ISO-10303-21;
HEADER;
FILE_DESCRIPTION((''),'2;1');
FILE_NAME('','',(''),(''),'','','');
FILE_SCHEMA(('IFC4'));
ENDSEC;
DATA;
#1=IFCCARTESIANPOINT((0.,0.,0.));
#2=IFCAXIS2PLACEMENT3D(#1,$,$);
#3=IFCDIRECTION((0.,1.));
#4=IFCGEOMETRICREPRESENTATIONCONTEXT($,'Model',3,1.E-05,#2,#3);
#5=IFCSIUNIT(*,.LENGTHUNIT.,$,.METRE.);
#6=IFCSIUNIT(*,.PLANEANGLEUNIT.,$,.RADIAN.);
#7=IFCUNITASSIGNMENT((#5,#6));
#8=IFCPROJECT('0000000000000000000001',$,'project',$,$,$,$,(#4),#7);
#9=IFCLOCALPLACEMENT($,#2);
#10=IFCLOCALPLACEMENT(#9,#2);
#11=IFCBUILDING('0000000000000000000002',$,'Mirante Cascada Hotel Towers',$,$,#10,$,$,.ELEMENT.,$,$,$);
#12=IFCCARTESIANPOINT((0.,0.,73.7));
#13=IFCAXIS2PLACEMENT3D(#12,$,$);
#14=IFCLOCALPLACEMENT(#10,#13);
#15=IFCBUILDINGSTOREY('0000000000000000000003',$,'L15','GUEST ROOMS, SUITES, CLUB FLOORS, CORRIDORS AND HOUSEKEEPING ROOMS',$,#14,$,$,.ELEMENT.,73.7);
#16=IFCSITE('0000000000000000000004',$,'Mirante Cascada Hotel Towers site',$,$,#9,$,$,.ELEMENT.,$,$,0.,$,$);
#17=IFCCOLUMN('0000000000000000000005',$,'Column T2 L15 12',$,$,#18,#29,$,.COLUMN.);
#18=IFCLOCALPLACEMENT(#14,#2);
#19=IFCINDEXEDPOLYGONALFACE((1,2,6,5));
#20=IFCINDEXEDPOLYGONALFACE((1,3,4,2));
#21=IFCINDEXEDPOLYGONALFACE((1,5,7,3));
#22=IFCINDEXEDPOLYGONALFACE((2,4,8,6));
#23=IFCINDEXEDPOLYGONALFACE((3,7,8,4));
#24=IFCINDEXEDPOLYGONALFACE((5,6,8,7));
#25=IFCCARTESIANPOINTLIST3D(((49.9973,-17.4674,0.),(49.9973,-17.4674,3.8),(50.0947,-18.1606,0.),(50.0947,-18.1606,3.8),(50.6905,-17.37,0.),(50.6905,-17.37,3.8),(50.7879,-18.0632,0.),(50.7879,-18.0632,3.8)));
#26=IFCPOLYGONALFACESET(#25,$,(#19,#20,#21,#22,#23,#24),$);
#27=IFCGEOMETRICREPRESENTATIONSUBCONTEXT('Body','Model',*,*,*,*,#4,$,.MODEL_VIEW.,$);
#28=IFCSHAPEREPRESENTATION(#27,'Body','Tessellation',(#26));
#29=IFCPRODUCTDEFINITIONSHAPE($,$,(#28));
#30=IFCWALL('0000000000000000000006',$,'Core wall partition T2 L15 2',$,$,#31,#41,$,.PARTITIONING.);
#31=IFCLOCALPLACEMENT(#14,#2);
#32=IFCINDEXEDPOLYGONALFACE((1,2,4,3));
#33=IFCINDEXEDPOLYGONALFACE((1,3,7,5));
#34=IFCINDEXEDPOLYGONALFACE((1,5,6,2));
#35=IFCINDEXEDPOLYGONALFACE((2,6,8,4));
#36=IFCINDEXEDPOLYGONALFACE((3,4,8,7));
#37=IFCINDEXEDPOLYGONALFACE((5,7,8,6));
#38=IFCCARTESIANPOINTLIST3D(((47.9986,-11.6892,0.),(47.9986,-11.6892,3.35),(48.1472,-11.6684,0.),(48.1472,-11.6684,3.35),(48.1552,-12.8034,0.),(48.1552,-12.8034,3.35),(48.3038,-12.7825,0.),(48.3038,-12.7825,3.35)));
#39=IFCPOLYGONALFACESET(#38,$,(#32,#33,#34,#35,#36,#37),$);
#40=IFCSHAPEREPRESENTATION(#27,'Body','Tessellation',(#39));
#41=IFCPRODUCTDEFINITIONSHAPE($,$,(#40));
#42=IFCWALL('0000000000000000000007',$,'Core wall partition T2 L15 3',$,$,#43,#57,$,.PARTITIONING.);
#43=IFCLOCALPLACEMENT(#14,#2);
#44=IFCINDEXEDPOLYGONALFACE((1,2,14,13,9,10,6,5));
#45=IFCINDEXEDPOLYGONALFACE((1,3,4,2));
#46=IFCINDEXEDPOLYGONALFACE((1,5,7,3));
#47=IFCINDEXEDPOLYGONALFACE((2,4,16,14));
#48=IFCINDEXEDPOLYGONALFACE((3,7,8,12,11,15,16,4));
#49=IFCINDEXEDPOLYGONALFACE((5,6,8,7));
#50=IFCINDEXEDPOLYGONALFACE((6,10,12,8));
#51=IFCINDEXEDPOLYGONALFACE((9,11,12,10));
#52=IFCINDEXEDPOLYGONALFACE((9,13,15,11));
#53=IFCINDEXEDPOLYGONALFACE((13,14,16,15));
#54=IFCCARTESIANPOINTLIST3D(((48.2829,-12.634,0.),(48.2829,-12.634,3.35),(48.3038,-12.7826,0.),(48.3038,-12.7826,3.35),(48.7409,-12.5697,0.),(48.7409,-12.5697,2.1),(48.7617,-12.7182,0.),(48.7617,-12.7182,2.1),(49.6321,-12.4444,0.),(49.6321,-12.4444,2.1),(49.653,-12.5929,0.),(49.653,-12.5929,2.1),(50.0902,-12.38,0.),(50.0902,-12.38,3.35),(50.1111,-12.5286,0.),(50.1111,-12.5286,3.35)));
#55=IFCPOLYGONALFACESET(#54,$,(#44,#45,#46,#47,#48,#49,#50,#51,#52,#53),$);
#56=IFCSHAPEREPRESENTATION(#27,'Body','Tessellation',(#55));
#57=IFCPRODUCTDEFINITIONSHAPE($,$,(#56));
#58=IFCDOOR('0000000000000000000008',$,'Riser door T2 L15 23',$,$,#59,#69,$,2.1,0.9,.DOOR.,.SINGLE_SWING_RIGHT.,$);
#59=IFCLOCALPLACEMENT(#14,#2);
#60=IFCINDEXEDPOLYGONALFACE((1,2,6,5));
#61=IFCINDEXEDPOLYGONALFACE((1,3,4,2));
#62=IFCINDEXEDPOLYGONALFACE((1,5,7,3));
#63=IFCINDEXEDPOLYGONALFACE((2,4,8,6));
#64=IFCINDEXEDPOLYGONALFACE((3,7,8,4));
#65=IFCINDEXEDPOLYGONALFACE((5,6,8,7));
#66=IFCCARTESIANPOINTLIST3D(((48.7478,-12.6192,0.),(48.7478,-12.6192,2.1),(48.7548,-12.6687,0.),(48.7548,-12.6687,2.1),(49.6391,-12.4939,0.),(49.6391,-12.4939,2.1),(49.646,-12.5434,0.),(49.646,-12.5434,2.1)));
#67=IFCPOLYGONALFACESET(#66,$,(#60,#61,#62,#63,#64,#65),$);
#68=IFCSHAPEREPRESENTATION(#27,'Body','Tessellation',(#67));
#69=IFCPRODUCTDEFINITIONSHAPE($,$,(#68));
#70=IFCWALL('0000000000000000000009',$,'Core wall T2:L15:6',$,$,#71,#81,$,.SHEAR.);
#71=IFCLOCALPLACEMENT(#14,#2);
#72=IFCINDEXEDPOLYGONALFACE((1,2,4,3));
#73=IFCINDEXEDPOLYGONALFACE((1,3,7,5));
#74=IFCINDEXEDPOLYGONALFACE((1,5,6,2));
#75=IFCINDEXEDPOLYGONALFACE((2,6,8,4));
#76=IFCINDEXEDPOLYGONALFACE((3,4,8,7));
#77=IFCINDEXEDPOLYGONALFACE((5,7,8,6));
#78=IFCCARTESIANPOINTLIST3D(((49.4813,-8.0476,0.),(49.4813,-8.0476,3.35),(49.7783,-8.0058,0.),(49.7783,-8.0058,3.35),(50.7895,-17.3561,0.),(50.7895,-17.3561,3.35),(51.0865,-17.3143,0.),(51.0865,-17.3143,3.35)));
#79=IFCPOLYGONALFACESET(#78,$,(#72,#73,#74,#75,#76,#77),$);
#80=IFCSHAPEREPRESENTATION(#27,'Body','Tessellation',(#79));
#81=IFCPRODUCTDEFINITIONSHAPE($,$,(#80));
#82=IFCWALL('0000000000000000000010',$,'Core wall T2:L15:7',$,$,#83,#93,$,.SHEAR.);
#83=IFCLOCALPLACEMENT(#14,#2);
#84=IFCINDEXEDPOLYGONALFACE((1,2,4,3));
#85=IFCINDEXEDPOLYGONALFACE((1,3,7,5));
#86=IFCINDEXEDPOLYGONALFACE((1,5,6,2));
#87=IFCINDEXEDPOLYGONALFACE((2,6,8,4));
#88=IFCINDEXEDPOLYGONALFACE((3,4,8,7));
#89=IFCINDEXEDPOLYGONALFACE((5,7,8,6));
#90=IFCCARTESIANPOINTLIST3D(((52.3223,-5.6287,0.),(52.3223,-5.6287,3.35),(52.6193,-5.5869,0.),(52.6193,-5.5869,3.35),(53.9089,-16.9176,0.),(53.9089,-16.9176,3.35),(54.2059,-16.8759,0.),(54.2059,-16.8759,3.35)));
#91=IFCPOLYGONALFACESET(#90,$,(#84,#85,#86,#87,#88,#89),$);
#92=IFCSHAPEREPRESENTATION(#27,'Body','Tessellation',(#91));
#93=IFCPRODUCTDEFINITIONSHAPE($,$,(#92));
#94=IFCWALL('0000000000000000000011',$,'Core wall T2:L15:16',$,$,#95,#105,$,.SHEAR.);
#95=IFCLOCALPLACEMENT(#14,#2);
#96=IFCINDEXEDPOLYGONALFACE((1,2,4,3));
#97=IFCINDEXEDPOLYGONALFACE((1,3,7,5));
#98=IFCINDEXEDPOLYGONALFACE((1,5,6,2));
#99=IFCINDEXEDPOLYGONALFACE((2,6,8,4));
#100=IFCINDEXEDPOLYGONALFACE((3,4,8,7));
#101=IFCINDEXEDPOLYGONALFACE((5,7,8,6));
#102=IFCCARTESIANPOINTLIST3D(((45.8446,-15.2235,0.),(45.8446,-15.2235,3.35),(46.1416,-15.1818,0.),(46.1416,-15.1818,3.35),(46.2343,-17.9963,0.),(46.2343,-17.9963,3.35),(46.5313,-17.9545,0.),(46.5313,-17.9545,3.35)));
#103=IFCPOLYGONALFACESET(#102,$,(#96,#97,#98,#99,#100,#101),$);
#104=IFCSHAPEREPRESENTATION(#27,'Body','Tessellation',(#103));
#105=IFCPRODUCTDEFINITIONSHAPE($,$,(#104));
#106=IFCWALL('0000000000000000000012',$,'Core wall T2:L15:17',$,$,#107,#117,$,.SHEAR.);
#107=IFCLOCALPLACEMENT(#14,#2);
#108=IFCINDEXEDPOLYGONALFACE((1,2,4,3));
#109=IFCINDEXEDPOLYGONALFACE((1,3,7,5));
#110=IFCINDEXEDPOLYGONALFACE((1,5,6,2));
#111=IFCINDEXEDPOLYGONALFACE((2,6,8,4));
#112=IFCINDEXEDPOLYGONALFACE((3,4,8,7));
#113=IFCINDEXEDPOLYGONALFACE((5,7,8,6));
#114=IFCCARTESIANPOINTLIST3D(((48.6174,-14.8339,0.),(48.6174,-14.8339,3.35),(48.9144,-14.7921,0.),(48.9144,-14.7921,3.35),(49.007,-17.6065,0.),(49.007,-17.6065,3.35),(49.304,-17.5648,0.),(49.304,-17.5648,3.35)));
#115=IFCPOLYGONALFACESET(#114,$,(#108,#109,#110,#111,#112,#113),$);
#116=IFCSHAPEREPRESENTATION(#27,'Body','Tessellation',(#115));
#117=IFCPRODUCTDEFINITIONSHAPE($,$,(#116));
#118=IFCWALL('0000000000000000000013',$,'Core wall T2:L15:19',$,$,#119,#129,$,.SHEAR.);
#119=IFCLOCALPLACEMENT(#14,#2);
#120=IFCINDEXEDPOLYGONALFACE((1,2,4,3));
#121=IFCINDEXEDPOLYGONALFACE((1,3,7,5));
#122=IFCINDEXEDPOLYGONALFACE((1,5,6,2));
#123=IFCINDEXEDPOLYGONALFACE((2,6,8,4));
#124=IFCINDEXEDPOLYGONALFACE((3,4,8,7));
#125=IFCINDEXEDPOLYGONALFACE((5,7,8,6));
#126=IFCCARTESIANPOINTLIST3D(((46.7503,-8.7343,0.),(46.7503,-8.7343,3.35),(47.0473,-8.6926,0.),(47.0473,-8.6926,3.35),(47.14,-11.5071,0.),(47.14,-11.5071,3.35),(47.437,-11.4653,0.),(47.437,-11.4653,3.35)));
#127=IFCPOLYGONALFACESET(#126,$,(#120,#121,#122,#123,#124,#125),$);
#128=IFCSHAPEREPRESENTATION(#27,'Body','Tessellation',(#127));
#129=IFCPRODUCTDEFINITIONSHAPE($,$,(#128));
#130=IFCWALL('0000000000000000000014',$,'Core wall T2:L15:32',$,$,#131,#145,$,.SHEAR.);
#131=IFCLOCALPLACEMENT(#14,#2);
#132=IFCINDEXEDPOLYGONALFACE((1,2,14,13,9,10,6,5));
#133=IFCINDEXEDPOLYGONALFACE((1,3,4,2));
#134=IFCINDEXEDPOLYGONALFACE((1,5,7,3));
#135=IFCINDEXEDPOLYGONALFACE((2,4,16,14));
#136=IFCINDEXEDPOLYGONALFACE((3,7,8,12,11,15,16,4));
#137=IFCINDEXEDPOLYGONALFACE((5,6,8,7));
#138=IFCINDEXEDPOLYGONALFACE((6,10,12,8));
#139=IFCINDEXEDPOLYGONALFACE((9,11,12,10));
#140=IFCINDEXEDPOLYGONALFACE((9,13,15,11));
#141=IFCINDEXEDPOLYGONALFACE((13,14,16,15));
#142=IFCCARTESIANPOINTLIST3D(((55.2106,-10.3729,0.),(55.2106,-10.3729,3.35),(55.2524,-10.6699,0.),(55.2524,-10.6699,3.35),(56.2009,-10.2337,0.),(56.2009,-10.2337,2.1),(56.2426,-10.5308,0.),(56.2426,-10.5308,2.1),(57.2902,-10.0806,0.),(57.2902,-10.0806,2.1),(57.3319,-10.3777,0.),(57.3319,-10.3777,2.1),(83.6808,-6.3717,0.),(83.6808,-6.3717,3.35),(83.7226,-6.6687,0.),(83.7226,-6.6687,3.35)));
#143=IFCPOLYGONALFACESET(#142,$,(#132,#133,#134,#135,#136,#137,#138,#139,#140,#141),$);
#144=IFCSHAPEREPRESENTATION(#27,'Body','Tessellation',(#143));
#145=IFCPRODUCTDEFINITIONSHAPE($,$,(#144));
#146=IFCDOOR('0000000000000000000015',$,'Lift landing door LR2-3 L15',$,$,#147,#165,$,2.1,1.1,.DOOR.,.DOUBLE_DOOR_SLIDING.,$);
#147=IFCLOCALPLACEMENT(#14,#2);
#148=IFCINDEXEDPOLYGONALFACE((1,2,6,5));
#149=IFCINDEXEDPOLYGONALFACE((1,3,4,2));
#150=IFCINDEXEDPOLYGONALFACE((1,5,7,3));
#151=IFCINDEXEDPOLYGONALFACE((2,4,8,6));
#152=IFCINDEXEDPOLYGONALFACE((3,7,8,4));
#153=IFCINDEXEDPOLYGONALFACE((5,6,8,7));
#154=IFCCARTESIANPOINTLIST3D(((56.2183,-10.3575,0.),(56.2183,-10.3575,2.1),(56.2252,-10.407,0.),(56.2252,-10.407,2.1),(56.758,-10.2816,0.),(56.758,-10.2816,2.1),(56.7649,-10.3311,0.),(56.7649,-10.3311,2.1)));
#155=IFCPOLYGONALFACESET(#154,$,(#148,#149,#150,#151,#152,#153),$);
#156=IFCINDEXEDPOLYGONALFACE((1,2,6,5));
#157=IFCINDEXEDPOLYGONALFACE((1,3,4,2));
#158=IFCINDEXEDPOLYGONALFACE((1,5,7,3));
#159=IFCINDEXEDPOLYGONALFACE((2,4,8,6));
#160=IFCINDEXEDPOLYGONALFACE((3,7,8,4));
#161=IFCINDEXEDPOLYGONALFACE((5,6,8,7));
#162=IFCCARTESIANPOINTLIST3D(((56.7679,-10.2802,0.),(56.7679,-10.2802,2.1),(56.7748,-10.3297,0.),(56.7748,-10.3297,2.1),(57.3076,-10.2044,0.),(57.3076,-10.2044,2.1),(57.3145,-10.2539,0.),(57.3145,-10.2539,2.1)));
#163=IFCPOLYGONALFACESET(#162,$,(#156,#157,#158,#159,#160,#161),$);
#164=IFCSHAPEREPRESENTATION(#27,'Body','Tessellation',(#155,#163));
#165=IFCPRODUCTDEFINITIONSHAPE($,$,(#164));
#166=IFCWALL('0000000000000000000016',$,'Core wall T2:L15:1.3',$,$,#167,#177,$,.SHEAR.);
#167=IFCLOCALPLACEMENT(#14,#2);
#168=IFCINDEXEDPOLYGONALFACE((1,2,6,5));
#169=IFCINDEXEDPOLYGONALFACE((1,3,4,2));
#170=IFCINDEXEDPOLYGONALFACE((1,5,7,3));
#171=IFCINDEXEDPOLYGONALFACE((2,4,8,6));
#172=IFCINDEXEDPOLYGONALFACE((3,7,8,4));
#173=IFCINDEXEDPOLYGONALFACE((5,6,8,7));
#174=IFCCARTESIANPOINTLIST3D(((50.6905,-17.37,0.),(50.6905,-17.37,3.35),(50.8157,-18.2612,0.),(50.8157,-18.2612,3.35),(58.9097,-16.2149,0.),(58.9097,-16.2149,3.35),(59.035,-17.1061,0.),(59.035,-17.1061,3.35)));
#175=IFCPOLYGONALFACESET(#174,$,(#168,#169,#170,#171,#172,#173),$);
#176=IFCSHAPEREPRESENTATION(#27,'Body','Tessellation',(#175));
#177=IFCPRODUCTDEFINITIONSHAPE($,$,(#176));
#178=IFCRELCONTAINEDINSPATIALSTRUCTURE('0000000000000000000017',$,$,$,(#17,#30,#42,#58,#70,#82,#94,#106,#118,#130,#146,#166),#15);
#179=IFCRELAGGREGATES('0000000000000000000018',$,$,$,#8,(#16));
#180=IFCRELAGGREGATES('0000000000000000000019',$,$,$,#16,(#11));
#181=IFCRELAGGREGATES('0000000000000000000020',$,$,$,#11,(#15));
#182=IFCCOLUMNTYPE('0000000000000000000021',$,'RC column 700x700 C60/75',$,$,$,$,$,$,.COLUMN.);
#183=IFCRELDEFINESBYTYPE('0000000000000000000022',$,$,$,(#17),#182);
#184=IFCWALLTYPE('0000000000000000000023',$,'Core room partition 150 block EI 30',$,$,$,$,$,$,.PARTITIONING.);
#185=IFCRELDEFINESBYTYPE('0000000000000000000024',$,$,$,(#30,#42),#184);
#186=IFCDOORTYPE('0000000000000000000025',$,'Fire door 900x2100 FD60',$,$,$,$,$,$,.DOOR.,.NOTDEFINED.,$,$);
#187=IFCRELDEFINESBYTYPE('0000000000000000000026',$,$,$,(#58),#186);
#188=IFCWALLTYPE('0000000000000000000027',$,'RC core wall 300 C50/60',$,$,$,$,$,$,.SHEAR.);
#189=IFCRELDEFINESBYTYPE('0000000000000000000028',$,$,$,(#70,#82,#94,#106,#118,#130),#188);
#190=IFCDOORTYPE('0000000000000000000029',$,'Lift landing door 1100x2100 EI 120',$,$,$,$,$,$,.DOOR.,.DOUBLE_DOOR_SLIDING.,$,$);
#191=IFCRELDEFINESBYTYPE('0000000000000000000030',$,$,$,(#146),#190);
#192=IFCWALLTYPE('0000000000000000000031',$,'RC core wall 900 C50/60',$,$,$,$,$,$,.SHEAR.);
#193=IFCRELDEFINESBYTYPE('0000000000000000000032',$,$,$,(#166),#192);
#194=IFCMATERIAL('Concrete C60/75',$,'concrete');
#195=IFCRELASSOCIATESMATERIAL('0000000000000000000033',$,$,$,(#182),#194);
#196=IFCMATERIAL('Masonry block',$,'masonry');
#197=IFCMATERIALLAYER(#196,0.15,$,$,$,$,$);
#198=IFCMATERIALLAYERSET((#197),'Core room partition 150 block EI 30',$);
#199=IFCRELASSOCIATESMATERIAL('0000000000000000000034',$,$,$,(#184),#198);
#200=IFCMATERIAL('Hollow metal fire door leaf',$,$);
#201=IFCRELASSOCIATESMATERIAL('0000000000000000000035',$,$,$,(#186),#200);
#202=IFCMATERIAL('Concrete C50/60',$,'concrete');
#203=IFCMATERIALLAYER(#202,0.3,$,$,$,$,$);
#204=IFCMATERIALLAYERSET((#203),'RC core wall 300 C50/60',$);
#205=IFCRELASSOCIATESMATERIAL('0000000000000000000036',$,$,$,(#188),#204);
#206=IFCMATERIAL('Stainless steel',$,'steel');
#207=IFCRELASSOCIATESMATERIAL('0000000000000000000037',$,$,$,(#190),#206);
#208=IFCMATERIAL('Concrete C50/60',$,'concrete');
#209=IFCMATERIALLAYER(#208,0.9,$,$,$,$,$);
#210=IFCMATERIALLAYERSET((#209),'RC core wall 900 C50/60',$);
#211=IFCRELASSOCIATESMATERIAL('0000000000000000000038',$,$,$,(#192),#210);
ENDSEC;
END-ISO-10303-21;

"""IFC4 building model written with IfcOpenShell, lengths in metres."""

from ifc_helpers import new_model, si_unit, direction, frame, frame_2d, origin, origin_2d, place, context, subcontext, project, spatial, rectangle, extrude, material, layer, layer_set, material_profile, profile_set, type_object, element, fill, save


model = new_model("IFC4")

# Units and contexts
model_context = context("Model", 3, precision=1e-05, world=origin(), true_north=direction((0.0, 1.0)))
body_context = subcontext(model_context, "Body", "Model", "MODEL_VIEW")
ifc_project = project(units=[si_unit("LENGTHUNIT", "METRE"), si_unit("PLANEANGLEUNIT", "RADIAN")], contexts=[model_context])

# Site, building, storey
site_placement = place(None, origin())
site = spatial("IfcSite", under=ifc_project, at=site_placement, Name="Mirante Cascada Hotel Towers site", CompositionType="ELEMENT", RefElevation=0.0)
building_placement = place(site_placement, origin())
building = spatial("IfcBuilding", under=site, at=building_placement, Name="Mirante Cascada Hotel Towers", CompositionType="ELEMENT")
storey_placement = place(building_placement, frame((0.0, 0.0, 73.7)))
storey = spatial("IfcBuildingStorey", under=building, at=storey_placement, Name="L15", Description="GUEST ROOMS, SUITES, CLUB FLOORS, CORRIDORS AND HOUSEKEEPING ROOMS", CompositionType="ELEMENT", Elevation=73.7)

# Column
ifc_material_1 = material(Name="Concrete C60/75", Category="concrete")
ifc_material_profile = material_profile(ifc_material_1, rectangle(XDim=0.7, YDim=0.7, at=origin_2d()), Name="RC column 700x700 C60/75")
ifc_profile_set = profile_set([ifc_material_profile], Name="Concrete C60/75")
column_type = type_object("IfcColumnType", Name="RC column 700x700 C60/75", PredefinedType="COLUMN", material=ifc_profile_set)
column_placement = place(storey_placement, frame((50.3926, -17.7653, 0.0), z_axis=(0.0, 0.0, 1.0), x_axis=(0.990268, 0.139173, 0.0)))
element("IfcColumn", 1, at=column_placement, inside=storey, type_object=column_type, Name="Column T2 L15 12", PredefinedType="COLUMN", context=body_context, shape_type="SweptSolid", body=[
    extrude(rectangle(XDim=0.7, YDim=0.7, at=origin_2d()), origin(), (0.0, 0.0, 1.0), 3.8),
])

# Wall
ifc_material_2 = material(Name="Masonry block", Category="masonry")
ifc_layer_1 = layer(ifc_material_2, 0.15)
ifc_layer_set_1 = layer_set([ifc_layer_1], Name="Core room partition 150 block EI 30")
wall_type_1 = type_object("IfcWallType", Name="Core room partition 150 block EI 30", PredefinedType="PARTITIONING", material=ifc_layer_set_1)
wall_1_placement = place(storey_placement, frame((48.2295, -12.793, 0.0), z_axis=(0.0, 0.0, 1.0), x_axis=(-0.139193, 0.990265, 0.0)))
element("IfcWall", 2, at=wall_1_placement, inside=storey, type_object=wall_type_1, Name="Core wall partition T2 L15 2", PredefinedType="PARTITIONING", context=body_context, shape_type="SweptSolid", body=[
    extrude(rectangle(XDim=1.1251, YDim=0.15, at=frame_2d((0.5626, 0.0))), origin(), (0.0, 0.0, 1.0), 3.35),
])

# Wall, opening, door
wall_2_placement = place(storey_placement, frame((48.2933, -12.7083, 0.0), z_axis=(0.0, 0.0, 1.0), x_axis=(0.990268, 0.139173, 0.0)))
wall_2 = element("IfcWall", 3, at=wall_2_placement, inside=storey, type_object=wall_type_1, Name="Core wall partition T2 L15 3", PredefinedType="PARTITIONING", context=body_context, shape_type="SweptSolid", body=[
    extrude(rectangle(XDim=1.8251, YDim=0.15, at=frame_2d((0.9126, 0.0))), origin(), (0.0, 0.0, 1.0), 3.35),
])
opening_1_placement = place(wall_2_placement, frame((0.4625, 0.0, 0.0)))
opening_1 = element("IfcOpeningElement", 4, at=opening_1_placement, cuts=wall_2, PredefinedType="OPENING", context=body_context, shape_type="SweptSolid", body=[
    extrude(rectangle(XDim=0.9, YDim=2.1, at=frame_2d((0.45, 1.05))), frame((0.0, 0.075, 0.0), z_axis=(0.0, -1.0, 0.0), x_axis=(1.0, 0.0, 0.0)), (0.0, 0.0, 1.0), 0.15),
])
ifc_material_3 = material(Name="Hollow metal fire door leaf")
door_type_1 = type_object("IfcDoorType", Name="Fire door 900x2100 FD60", OperationType="NOTDEFINED", PredefinedType="DOOR", material=ifc_material_3)
door_1_placement = place(opening_1_placement, frame((0.9, 0.0, 0.0), z_axis=(0.0, 0.0, 1.0), x_axis=(-1.0, 0.0, 0.0)))
door_1 = element("IfcDoor", 5, at=door_1_placement, inside=storey, type_object=door_type_1, Name="Riser door T2 L15 23", OperationType="SINGLE_SWING_RIGHT", OverallHeight=2.1, OverallWidth=0.9, PredefinedType="DOOR", context=body_context, shape_type="SweptSolid", body=[
    extrude(rectangle(XDim=0.9, YDim=2.1, at=frame_2d((0.45, 1.05))), frame((0.0, 0.025, 0.0), z_axis=(0.0, -1.0, 0.0), x_axis=(1.0, 0.0, 0.0)), (0.0, 0.0, 1.0), 0.05),
])
fill(opening_1, door_1)

# Walls
ifc_material_4 = material(Name="Concrete C50/60", Category="concrete")
ifc_layer_2 = layer(ifc_material_4, 0.3)
ifc_layer_set_2 = layer_set([ifc_layer_2], Name="RC core wall 300 C50/60")
wall_type_2 = type_object("IfcWallType", Name="RC core wall 300 C50/60", PredefinedType="SHEAR", material=ifc_layer_set_2)
wall_3_placement = place(storey_placement, frame((50.938, -17.3352, 0.0), z_axis=(0.0, 0.0, 1.0), x_axis=(-0.139171, 0.990268, 0.0)))
element("IfcWall", 6, at=wall_3_placement, inside=storey, type_object=wall_type_2, Name="Core wall T2:L15:6", PredefinedType="SHEAR", context=body_context, shape_type="SweptSolid", body=[
    extrude(rectangle(XDim=9.4, YDim=0.3, at=frame_2d((4.7, 0.0))), origin(), (0.0, 0.0, 1.0), 3.35),
])
wall_4_placement = place(storey_placement, frame((54.0574, -16.8968, 0.0), z_axis=(0.0, 0.0, 1.0), x_axis=(-0.139176, 0.990268, 0.0)))
element("IfcWall", 7, at=wall_4_placement, inside=storey, type_object=wall_type_2, Name="Core wall T2:L15:7", PredefinedType="SHEAR", context=body_context, shape_type="SweptSolid", body=[
    extrude(rectangle(XDim=11.3999, YDim=0.3, at=frame_2d((5.7, 0.0))), origin(), (0.0, 0.0, 1.0), 3.35),
])
wall_5_placement = place(storey_placement, frame((46.3828, -17.9754, 0.0), z_axis=(0.0, 0.0, 1.0), x_axis=(-0.139181, 0.990267, 0.0)))
element("IfcWall", 8, at=wall_5_placement, inside=storey, type_object=wall_type_2, Name="Core wall T2:L15:16", PredefinedType="SHEAR", context=body_context, shape_type="SweptSolid", body=[
    extrude(rectangle(XDim=2.8, YDim=0.3, at=frame_2d((1.4, 0.0))), origin(), (0.0, 0.0, 1.0), 3.35),
])
wall_6_placement = place(storey_placement, frame((49.1555, -17.5857, 0.0), z_axis=(0.0, 0.0, 1.0), x_axis=(-0.139146, 0.990272, 0.0)))
element("IfcWall", 9, at=wall_6_placement, inside=storey, type_object=wall_type_2, Name="Core wall T2:L15:17", PredefinedType="SHEAR", context=body_context, shape_type="SweptSolid", body=[
    extrude(rectangle(XDim=2.7999, YDim=0.3, at=frame_2d((1.4, 0.0))), origin(), (0.0, 0.0, 1.0), 3.35),
])
wall_7_placement = place(storey_placement, frame((47.2885, -11.4862, 0.0), z_axis=(0.0, 0.0, 1.0), x_axis=(-0.139181, 0.990267, 0.0)))
element("IfcWall", 10, at=wall_7_placement, inside=storey, type_object=wall_type_2, Name="Core wall T2:L15:19", PredefinedType="SHEAR", context=body_context, shape_type="SweptSolid", body=[
    extrude(rectangle(XDim=2.8, YDim=0.3, at=frame_2d((1.4, 0.0))), origin(), (0.0, 0.0, 1.0), 3.35),
])

# Shared definitions
ifc_material_5 = material(Name="Stainless steel", Category="steel")
door_type_2 = type_object("IfcDoorType", Name="Lift landing door 1100x2100 EI 120", OperationType="DOUBLE_DOOR_SLIDING", PredefinedType="DOOR", material=ifc_material_5)

# Wall, opening, door
wall_8_placement = place(storey_placement, frame((55.2315, -10.5214, 0.0), z_axis=(0.0, 0.0, 1.0), x_axis=(0.990268, 0.139172, 0.0)))
wall_8 = element("IfcWall", 11, at=wall_8_placement, inside=storey, type_object=wall_type_2, Name="Core wall T2:L15:32", PredefinedType="SHEAR", context=body_context, shape_type="SweptSolid", body=[
    extrude(rectangle(XDim=28.75, YDim=0.3, at=frame_2d((14.375, 0.0))), origin(), (0.0, 0.0, 1.0), 3.35),
])
opening_2_placement = place(wall_8_placement, frame((1.0, 0.0, 0.0)))
opening_2 = element("IfcOpeningElement", 12, at=opening_2_placement, cuts=wall_8, PredefinedType="OPENING", context=body_context, shape_type="SweptSolid", body=[
    extrude(rectangle(XDim=1.1, YDim=2.1, at=frame_2d((0.55, 1.05))), frame((0.0, 0.15, 0.0), z_axis=(0.0, -1.0, 0.0), x_axis=(1.0, 0.0, 0.0)), (0.0, 0.0, 1.0), 0.3),
])
door_2_placement = place(opening_2_placement, origin())
door_2 = element("IfcDoor", 13, at=door_2_placement, inside=storey, type_object=door_type_2, Name="Lift landing door LR2-3 L15", OperationType="DOUBLE_DOOR_SLIDING", OverallHeight=2.1, OverallWidth=1.1, PredefinedType="DOOR", context=body_context, shape_type="SweptSolid", body=[
    extrude(rectangle(XDim=0.545, YDim=2.1, at=frame_2d((0.2725, 1.05))), frame((0.0, 0.025, 0.0), z_axis=(0.0, -1.0, 0.0), x_axis=(1.0, 0.0, 0.0)), (0.0, 0.0, 1.0), 0.05),
    extrude(rectangle(XDim=0.545, YDim=2.1, at=frame_2d((0.8275, 1.05))), frame((0.0, 0.025, 0.0), z_axis=(0.0, -1.0, 0.0), x_axis=(1.0, 0.0, 0.0)), (0.0, 0.0, 1.0), 0.05),
])
fill(opening_2, door_2)

# Wall
ifc_material_6 = material(Name="Concrete C50/60", Category="concrete")
ifc_layer_3 = layer(ifc_material_6, 0.9)
ifc_layer_set_3 = layer_set([ifc_layer_3], Name="RC core wall 900 C50/60")
wall_type_3 = type_object("IfcWallType", Name="RC core wall 900 C50/60", PredefinedType="SHEAR", material=ifc_layer_set_3)
wall_9_placement = place(storey_placement, frame((50.7531, -17.8156, 0.0), z_axis=(0.0, 0.0, 1.0), x_axis=(0.990269, 0.139169, 0.0)))
element("IfcWall", 14, at=wall_9_placement, inside=storey, type_object=wall_type_3, Name="Core wall T2:L15:1.3", PredefinedType="SHEAR", context=body_context, shape_type="SweptSolid", body=[
    extrude(rectangle(XDim=8.3, YDim=0.9, at=frame_2d((4.15, 0.0))), origin(), (0.0, 0.0, 1.0), 3.35),
])

save(model, "model.ifc")
